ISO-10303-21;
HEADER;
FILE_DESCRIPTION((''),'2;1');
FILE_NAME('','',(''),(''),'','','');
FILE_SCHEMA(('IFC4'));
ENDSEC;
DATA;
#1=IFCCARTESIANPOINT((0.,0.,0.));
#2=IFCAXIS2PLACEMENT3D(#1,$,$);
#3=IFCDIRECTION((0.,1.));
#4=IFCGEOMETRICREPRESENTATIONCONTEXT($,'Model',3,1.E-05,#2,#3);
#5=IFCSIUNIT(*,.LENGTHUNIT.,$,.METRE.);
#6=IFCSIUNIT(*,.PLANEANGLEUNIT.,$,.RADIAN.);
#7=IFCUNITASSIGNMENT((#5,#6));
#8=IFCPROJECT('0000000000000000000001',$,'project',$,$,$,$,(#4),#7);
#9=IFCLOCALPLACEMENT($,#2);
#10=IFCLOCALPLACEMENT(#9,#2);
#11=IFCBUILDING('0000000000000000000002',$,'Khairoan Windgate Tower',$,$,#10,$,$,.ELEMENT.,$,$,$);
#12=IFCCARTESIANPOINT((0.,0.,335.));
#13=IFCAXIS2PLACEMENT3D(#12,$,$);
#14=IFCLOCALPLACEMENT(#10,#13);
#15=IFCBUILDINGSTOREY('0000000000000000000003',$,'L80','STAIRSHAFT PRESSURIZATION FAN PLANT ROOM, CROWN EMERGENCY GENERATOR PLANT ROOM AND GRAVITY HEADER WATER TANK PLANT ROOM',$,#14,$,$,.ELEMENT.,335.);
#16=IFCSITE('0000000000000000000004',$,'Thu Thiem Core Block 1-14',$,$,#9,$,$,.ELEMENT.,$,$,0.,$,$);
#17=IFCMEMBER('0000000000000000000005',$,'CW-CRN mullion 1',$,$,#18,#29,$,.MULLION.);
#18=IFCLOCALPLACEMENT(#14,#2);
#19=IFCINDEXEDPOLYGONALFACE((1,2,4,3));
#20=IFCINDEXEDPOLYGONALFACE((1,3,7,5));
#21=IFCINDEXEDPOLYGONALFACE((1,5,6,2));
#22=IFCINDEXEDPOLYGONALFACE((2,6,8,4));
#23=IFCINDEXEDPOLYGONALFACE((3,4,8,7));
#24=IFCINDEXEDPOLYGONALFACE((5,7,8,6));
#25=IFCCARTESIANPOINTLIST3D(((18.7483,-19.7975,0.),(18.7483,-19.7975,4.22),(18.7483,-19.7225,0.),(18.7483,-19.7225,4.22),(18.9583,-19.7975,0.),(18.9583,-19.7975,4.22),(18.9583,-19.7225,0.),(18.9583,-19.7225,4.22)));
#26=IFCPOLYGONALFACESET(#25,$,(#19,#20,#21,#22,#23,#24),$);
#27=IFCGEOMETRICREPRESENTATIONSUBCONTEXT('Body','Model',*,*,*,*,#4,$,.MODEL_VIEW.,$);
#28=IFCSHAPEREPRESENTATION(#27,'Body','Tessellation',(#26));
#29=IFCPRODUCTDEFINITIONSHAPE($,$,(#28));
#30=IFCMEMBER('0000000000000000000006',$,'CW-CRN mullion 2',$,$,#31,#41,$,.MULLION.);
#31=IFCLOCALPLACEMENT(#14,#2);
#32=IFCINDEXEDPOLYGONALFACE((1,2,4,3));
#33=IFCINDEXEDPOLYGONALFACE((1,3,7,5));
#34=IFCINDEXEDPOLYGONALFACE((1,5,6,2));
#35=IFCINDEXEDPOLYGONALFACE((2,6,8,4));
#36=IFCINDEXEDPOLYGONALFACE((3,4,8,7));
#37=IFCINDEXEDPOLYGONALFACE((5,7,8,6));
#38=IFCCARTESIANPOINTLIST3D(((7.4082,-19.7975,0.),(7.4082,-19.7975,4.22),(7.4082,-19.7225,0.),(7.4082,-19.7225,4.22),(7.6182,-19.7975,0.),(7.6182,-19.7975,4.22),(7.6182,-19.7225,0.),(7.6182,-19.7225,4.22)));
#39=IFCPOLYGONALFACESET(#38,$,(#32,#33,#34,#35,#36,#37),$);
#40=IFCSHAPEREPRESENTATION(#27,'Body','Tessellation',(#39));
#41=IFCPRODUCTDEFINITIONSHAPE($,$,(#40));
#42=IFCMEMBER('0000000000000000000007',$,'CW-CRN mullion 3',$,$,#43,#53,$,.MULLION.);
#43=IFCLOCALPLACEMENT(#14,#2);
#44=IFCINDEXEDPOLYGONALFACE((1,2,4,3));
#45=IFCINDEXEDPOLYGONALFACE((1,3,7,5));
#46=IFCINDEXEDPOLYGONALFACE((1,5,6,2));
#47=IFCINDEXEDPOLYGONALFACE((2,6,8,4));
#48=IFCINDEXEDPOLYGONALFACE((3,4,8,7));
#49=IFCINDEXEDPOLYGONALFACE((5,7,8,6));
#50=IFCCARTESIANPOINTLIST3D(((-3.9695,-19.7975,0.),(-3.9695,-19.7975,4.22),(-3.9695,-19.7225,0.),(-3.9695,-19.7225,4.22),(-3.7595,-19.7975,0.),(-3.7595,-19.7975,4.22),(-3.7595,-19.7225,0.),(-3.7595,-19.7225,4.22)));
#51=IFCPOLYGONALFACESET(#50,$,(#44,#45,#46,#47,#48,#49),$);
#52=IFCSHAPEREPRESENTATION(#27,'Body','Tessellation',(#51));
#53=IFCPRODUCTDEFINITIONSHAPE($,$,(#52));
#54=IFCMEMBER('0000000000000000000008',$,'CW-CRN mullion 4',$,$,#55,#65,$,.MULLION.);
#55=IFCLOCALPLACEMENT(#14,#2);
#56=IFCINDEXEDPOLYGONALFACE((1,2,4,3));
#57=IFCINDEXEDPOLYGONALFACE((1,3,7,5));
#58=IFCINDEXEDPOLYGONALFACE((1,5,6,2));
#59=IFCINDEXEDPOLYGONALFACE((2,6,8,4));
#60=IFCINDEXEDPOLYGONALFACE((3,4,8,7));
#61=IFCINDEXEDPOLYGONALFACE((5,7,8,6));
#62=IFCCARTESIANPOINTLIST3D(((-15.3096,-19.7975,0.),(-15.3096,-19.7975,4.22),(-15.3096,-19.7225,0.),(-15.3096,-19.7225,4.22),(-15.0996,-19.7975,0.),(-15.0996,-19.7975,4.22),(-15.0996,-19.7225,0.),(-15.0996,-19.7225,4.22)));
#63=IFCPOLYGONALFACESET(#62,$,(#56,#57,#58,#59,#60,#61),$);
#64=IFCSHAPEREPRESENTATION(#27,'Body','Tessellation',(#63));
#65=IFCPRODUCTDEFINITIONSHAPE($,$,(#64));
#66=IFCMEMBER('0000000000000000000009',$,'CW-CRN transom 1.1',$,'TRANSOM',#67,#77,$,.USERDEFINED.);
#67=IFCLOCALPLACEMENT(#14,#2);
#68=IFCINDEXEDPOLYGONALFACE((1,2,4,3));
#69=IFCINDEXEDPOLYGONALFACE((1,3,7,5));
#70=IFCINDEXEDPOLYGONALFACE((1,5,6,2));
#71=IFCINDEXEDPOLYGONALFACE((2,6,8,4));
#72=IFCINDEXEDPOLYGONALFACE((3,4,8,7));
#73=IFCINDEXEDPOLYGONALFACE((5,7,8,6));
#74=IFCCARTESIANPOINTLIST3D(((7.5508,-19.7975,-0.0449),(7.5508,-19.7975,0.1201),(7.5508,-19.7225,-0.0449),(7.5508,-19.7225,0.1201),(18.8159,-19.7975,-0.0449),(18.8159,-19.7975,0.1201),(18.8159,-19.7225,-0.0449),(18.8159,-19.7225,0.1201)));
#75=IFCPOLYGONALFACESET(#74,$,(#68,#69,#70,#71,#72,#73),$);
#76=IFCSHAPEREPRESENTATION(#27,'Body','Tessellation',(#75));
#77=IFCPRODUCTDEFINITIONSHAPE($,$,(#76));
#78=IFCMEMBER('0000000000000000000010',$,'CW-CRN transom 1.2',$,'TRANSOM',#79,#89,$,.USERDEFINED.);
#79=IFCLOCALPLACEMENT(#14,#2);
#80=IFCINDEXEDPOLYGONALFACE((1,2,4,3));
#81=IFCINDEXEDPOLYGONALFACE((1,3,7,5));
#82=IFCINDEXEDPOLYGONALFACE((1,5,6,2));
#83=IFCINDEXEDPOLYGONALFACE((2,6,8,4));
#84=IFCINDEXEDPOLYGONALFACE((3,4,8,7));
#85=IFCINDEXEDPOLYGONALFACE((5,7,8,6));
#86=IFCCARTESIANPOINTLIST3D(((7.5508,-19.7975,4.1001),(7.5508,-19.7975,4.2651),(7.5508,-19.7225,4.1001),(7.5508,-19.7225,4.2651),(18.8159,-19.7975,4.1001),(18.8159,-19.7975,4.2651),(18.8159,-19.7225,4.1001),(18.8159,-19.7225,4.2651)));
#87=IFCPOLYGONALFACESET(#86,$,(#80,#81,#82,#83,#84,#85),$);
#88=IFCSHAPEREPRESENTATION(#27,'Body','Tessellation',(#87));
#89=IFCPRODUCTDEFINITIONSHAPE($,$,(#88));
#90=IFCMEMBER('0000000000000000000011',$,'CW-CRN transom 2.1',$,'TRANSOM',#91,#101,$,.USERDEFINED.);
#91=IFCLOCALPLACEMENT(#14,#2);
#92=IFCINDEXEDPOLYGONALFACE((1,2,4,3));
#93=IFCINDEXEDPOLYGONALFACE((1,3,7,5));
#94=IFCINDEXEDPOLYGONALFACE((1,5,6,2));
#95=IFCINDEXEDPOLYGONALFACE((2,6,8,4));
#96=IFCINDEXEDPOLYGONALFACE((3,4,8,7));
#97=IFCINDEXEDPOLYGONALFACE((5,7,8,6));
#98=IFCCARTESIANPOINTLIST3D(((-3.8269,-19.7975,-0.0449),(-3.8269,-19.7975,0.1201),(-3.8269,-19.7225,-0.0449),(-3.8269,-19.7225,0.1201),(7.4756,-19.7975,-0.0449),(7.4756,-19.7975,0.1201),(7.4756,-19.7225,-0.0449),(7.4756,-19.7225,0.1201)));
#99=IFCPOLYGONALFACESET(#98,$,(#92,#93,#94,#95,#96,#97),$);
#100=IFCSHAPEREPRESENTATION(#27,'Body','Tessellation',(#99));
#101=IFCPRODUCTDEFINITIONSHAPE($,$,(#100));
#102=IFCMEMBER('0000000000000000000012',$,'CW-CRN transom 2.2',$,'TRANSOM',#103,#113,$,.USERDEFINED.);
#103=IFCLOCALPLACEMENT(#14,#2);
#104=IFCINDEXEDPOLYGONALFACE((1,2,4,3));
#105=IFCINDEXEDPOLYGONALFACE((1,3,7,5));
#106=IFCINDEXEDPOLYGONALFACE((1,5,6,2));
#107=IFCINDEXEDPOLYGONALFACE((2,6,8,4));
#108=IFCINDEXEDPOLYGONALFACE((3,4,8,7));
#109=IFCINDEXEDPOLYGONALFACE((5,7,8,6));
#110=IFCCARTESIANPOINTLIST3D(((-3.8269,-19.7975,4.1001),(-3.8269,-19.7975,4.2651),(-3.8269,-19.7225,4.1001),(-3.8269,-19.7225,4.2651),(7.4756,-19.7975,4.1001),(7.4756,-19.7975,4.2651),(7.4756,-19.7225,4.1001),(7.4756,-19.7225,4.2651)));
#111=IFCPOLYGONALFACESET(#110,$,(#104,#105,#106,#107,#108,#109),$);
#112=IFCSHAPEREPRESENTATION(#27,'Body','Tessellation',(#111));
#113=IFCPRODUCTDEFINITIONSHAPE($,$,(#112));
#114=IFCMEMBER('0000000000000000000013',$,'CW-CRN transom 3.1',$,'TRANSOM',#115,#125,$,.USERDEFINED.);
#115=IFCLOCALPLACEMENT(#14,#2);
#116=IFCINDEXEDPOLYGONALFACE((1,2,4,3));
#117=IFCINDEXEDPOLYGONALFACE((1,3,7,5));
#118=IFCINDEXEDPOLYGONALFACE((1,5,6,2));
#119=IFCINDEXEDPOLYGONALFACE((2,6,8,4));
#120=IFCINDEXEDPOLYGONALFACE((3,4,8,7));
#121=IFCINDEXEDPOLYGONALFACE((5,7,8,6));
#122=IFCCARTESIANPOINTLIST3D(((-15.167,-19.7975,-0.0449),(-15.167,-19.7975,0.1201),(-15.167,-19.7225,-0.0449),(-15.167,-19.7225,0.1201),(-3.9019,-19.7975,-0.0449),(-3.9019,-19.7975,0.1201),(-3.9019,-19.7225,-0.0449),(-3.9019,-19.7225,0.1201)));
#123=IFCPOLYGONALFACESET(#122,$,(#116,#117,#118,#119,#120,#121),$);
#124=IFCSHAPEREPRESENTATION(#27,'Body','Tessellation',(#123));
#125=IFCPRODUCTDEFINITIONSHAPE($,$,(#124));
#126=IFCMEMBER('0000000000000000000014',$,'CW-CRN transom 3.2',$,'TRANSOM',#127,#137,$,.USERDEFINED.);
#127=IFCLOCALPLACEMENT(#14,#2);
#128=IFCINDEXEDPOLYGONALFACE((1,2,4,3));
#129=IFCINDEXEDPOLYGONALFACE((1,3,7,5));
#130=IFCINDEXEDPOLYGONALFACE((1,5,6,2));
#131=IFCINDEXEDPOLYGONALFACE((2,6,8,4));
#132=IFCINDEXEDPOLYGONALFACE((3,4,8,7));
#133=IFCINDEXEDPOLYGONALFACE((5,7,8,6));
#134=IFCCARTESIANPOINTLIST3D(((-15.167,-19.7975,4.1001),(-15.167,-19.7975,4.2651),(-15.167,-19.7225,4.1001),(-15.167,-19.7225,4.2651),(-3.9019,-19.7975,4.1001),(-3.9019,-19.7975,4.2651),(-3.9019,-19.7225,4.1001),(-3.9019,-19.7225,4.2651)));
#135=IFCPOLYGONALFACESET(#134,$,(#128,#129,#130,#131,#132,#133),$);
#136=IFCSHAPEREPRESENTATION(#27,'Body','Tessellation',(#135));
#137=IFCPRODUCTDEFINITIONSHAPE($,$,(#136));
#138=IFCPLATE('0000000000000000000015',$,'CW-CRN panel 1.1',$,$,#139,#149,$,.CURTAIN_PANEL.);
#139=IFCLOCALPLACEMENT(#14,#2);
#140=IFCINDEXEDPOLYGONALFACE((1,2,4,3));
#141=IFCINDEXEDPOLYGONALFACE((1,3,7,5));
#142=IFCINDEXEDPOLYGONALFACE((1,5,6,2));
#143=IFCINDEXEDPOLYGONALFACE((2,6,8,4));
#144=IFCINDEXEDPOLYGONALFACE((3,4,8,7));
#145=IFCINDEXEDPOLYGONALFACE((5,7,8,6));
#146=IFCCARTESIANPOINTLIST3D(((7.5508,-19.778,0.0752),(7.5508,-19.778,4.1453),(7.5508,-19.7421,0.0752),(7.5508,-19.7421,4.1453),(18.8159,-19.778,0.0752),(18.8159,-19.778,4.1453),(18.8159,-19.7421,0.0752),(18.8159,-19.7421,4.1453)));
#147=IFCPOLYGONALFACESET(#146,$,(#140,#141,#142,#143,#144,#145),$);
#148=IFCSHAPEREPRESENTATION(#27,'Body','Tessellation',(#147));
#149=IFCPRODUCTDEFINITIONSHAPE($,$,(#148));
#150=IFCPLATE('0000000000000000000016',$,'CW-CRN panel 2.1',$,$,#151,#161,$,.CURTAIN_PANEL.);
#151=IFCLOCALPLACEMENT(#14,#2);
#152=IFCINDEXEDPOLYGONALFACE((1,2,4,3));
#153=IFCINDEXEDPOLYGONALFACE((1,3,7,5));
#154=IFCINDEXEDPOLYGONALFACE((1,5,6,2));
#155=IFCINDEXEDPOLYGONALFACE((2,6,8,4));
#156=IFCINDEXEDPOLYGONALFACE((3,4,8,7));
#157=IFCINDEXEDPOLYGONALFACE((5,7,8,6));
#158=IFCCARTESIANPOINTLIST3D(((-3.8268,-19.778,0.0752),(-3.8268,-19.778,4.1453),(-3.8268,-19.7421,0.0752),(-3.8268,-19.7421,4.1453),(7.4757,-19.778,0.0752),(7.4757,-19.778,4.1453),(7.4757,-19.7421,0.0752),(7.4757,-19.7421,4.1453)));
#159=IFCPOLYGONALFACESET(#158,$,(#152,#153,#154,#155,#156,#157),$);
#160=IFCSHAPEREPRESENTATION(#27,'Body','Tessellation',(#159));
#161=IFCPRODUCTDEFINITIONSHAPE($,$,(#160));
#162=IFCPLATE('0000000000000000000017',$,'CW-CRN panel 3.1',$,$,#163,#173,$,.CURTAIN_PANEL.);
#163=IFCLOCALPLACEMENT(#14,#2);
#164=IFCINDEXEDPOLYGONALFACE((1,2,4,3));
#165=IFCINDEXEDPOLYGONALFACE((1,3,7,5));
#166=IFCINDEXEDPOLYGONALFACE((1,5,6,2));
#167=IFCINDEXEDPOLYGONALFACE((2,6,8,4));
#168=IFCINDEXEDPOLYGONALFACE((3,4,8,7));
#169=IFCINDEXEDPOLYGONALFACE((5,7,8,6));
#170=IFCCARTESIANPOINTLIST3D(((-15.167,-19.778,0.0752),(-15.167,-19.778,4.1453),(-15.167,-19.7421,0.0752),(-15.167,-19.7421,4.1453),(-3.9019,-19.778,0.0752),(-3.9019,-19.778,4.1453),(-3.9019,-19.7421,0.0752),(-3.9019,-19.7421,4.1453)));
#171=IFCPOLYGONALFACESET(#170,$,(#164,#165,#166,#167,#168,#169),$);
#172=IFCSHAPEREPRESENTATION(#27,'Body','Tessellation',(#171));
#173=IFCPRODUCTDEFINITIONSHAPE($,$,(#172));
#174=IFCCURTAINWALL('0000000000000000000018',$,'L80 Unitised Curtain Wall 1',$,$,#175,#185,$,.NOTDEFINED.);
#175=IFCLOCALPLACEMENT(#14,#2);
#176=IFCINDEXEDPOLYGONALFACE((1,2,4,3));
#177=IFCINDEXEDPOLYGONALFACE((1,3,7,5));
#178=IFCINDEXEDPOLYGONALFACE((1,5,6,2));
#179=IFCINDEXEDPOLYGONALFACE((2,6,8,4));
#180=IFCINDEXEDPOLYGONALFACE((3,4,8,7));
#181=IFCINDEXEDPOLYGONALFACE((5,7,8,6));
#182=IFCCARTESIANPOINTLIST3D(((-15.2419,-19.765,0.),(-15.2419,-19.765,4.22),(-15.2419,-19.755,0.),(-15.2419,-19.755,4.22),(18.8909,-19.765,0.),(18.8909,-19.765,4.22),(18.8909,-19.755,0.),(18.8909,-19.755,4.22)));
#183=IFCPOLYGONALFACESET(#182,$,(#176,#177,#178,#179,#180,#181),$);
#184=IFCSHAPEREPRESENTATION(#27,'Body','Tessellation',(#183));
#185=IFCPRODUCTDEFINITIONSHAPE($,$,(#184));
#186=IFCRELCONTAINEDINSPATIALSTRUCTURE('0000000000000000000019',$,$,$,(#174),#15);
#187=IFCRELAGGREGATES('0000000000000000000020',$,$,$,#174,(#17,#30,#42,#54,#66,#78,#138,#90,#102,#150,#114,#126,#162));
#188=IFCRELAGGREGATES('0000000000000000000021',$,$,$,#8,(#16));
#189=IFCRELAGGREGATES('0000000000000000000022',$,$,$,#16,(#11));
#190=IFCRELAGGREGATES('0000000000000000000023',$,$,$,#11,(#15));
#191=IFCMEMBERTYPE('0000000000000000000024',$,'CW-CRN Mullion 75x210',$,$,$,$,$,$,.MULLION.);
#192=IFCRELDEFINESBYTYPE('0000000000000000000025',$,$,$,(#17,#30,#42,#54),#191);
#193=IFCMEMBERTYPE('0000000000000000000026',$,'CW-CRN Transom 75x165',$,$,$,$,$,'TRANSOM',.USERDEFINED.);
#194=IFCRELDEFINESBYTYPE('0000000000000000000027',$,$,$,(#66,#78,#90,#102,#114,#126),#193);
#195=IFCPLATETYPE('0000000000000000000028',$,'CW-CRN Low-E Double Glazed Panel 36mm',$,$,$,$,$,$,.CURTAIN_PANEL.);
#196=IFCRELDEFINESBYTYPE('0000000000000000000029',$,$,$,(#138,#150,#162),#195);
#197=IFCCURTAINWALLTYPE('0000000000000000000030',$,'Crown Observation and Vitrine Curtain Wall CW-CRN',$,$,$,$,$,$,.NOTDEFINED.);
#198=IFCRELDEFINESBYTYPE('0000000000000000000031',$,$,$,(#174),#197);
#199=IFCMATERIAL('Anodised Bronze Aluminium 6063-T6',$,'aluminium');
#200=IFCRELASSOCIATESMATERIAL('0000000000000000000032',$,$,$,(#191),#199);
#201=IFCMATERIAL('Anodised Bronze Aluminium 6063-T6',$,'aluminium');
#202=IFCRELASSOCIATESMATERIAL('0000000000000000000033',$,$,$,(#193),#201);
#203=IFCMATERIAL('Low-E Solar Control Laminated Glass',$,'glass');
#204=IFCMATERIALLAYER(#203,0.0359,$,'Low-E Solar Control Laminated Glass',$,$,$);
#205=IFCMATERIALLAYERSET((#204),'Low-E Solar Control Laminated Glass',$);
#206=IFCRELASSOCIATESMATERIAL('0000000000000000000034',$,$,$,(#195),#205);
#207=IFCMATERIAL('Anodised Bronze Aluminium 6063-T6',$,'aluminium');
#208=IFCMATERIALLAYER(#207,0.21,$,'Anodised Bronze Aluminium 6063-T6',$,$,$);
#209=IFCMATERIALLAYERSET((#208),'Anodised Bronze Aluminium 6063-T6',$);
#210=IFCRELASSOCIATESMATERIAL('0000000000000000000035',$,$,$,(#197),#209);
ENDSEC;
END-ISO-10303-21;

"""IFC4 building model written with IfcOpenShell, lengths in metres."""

from ifc_helpers import new_model, si_unit, direction, frame, frame_2d, origin, origin_2d, place, context, subcontext, project, spatial, rectangle, extrude, material, layer, layer_set, material_profile, profile_set, type_object, element, aggregate, save


model = new_model("IFC4")

# Units and contexts
model_context = context("Model", 3, precision=1e-05, world=origin(), true_north=direction((0.0, 1.0)))
body_context = subcontext(model_context, "Body", "Model", "MODEL_VIEW")
ifc_project = project(units=[si_unit("LENGTHUNIT", "METRE"), si_unit("PLANEANGLEUNIT", "RADIAN")], contexts=[model_context])

# Site, building, storey
site_placement = place(None, origin())
site = spatial("IfcSite", under=ifc_project, at=site_placement, Name="Thu Thiem Core Block 1-14", CompositionType="ELEMENT", RefElevation=0.0)
building_placement = place(site_placement, origin())
building = spatial("IfcBuilding", under=site, at=building_placement, Name="Khairoan Windgate Tower", CompositionType="ELEMENT")
storey_placement = place(building_placement, frame((0.0, 0.0, 335.0)))
storey = spatial("IfcBuildingStorey", under=building, at=storey_placement, Name="L80", Description="STAIRSHAFT PRESSURIZATION FAN PLANT ROOM, CROWN EMERGENCY GENERATOR PLANT ROOM AND GRAVITY HEADER WATER TANK PLANT ROOM", CompositionType="ELEMENT", Elevation=335.0)

# Members
ifc_material_1 = material(Name="Anodised Bronze Aluminium 6063-T6", Category="aluminium")
ifc_material_profile_1 = material_profile(ifc_material_1, rectangle(XDim=0.075, YDim=0.21, at=origin_2d()))
ifc_profile_set_1 = profile_set([ifc_material_profile_1], Name="Anodised Bronze Aluminium 6063-T6")
member_type_1 = type_object("IfcMemberType", Name="CW-CRN Mullion 75x210", PredefinedType="MULLION", material=ifc_profile_set_1)
member_1_placement = place(storey_placement, frame((18.8533, -19.76, 0.0), z_axis=(0.0, 0.0, 1.0), x_axis=(0.0, -1.0, 0.0)))
member_1 = element("IfcMember", 1, at=member_1_placement, type_object=member_type_1, Name="CW-CRN mullion 1", PredefinedType="MULLION", context=body_context, shape_type="SweptSolid", body=[
    extrude(rectangle(XDim=0.075, YDim=0.21, at=origin_2d()), origin(), (0.0, 0.0, 1.0), 4.22),
])
member_2_placement = place(storey_placement, frame((7.5132, -19.76, 0.0), z_axis=(0.0, 0.0, 1.0), x_axis=(0.0, -1.0, 0.0)))
member_2 = element("IfcMember", 2, at=member_2_placement, type_object=member_type_1, Name="CW-CRN mullion 2", PredefinedType="MULLION", context=body_context, shape_type="SweptSolid", body=[
    extrude(rectangle(XDim=0.075, YDim=0.21, at=origin_2d()), origin(), (0.0, 0.0, 1.0), 4.22),
])
member_3_placement = place(storey_placement, frame((-3.8645, -19.76, 0.0), z_axis=(0.0, 0.0, 1.0), x_axis=(0.0, -1.0, 0.0)))
member_3 = element("IfcMember", 3, at=member_3_placement, type_object=member_type_1, Name="CW-CRN mullion 3", PredefinedType="MULLION", context=body_context, shape_type="SweptSolid", body=[
    extrude(rectangle(XDim=0.075, YDim=0.21, at=origin_2d()), origin(), (0.0, 0.0, 1.0), 4.22),
])
member_4_placement = place(storey_placement, frame((-15.2046, -19.76, 0.0), z_axis=(0.0, 0.0, 1.0), x_axis=(0.0, -1.0, 0.0)))
member_4 = element("IfcMember", 4, at=member_4_placement, type_object=member_type_1, Name="CW-CRN mullion 4", PredefinedType="MULLION", context=body_context, shape_type="SweptSolid", body=[
    extrude(rectangle(XDim=0.075, YDim=0.21, at=origin_2d()), origin(), (0.0, 0.0, 1.0), 4.22),
])
ifc_material_2 = material(Name="Anodised Bronze Aluminium 6063-T6", Category="aluminium")
ifc_material_profile_2 = material_profile(ifc_material_2, rectangle(XDim=0.075, YDim=0.165, at=origin_2d()))
ifc_profile_set_2 = profile_set([ifc_material_profile_2], Name="Anodised Bronze Aluminium 6063-T6")
member_type_2 = type_object("IfcMemberType", Name="CW-CRN Transom 75x165", ElementType="TRANSOM", PredefinedType="USERDEFINED", material=ifc_profile_set_2)
member_5_placement = place(storey_placement, frame((18.8159, -19.76, 0.0376), z_axis=(-1.0, 0.0, 0.0), x_axis=(0.0, -1.0, 0.0)))
member_5 = element("IfcMember", 5, at=member_5_placement, type_object=member_type_2, Name="CW-CRN transom 1.1", ObjectType="TRANSOM", PredefinedType="USERDEFINED", context=body_context, shape_type="SweptSolid", body=[
    extrude(rectangle(XDim=0.075, YDim=0.165, at=origin_2d()), origin(), (0.0, 0.0, 1.0), 11.2651),
])
member_6_placement = place(storey_placement, frame((18.8159, -19.76, 4.1826), z_axis=(-1.0, 0.0, 0.0), x_axis=(0.0, -1.0, 0.0)))
member_6 = element("IfcMember", 6, at=member_6_placement, type_object=member_type_2, Name="CW-CRN transom 1.2", ObjectType="TRANSOM", PredefinedType="USERDEFINED", context=body_context, shape_type="SweptSolid", body=[
    extrude(rectangle(XDim=0.075, YDim=0.165, at=origin_2d()), origin(), (0.0, 0.0, 1.0), 11.2651),
])
member_7_placement = place(storey_placement, frame((7.4756, -19.76, 0.0376), z_axis=(-1.0, 0.0, 0.0), x_axis=(0.0, -1.0, 0.0)))
member_7 = element("IfcMember", 7, at=member_7_placement, type_object=member_type_2, Name="CW-CRN transom 2.1", ObjectType="TRANSOM", PredefinedType="USERDEFINED", context=body_context, shape_type="SweptSolid", body=[
    extrude(rectangle(XDim=0.075, YDim=0.165, at=origin_2d()), origin(), (0.0, 0.0, 1.0), 11.3025),
])
member_8_placement = place(storey_placement, frame((7.4756, -19.76, 4.1826), z_axis=(-1.0, 0.0, 0.0), x_axis=(0.0, -1.0, 0.0)))
member_8 = element("IfcMember", 8, at=member_8_placement, type_object=member_type_2, Name="CW-CRN transom 2.2", ObjectType="TRANSOM", PredefinedType="USERDEFINED", context=body_context, shape_type="SweptSolid", body=[
    extrude(rectangle(XDim=0.075, YDim=0.165, at=origin_2d()), origin(), (0.0, 0.0, 1.0), 11.3025),
])
member_9_placement = place(storey_placement, frame((-3.9019, -19.76, 0.0376), z_axis=(-1.0, 0.0, 0.0), x_axis=(0.0, -1.0, 0.0)))
member_9 = element("IfcMember", 9, at=member_9_placement, type_object=member_type_2, Name="CW-CRN transom 3.1", ObjectType="TRANSOM", PredefinedType="USERDEFINED", context=body_context, shape_type="SweptSolid", body=[
    extrude(rectangle(XDim=0.075, YDim=0.165, at=origin_2d()), origin(), (0.0, 0.0, 1.0), 11.2651),
])
member_10_placement = place(storey_placement, frame((-3.9019, -19.76, 4.1826), z_axis=(-1.0, 0.0, 0.0), x_axis=(0.0, -1.0, 0.0)))
member_10 = element("IfcMember", 10, at=member_10_placement, type_object=member_type_2, Name="CW-CRN transom 3.2", ObjectType="TRANSOM", PredefinedType="USERDEFINED", context=body_context, shape_type="SweptSolid", body=[
    extrude(rectangle(XDim=0.075, YDim=0.165, at=origin_2d()), origin(), (0.0, 0.0, 1.0), 11.2651),
])

# Plates
ifc_material_3 = material(Name="Low-E Solar Control Laminated Glass", Category="glass")
ifc_layer_1 = layer(ifc_material_3, 0.0359, Name="Low-E Solar Control Laminated Glass")
ifc_layer_set_1 = layer_set([ifc_layer_1], Name="Low-E Solar Control Laminated Glass")
plate_type_1 = type_object("IfcPlateType", Name="CW-CRN Low-E Double Glazed Panel 36mm", PredefinedType="CURTAIN_PANEL", material=ifc_layer_set_1)
plate_1_placement = place(storey_placement, frame((13.1833, -19.76, 0.0752), z_axis=(0.0, 0.0, 1.0), x_axis=(-1.0, 0.0, 0.0)))
plate_1 = element("IfcPlate", 11, at=plate_1_placement, type_object=plate_type_1, Name="CW-CRN panel 1.1", PredefinedType="CURTAIN_PANEL", context=body_context, shape_type="SweptSolid", body=[
    extrude(rectangle(XDim=11.2651, YDim=0.0359, at=origin_2d()), origin(), (0.0, 0.0, 1.0), 4.0701),
])
plate_2_placement = place(storey_placement, frame((1.8245, -19.76, 0.0752), z_axis=(0.0, 0.0, 1.0), x_axis=(-1.0, 0.0, 0.0)))
plate_2 = element("IfcPlate", 12, at=plate_2_placement, type_object=plate_type_1, Name="CW-CRN panel 2.1", PredefinedType="CURTAIN_PANEL", context=body_context, shape_type="SweptSolid", body=[
    extrude(rectangle(XDim=11.3025, YDim=0.0359, at=origin_2d()), origin(), (0.0, 0.0, 1.0), 4.0701),
])
plate_3_placement = place(storey_placement, frame((-9.5344, -19.76, 0.0752), z_axis=(0.0, 0.0, 1.0), x_axis=(-1.0, 0.0, 0.0)))
plate_3 = element("IfcPlate", 13, at=plate_3_placement, type_object=plate_type_1, Name="CW-CRN panel 3.1", PredefinedType="CURTAIN_PANEL", context=body_context, shape_type="SweptSolid", body=[
    extrude(rectangle(XDim=11.2651, YDim=0.0359, at=origin_2d()), origin(), (0.0, 0.0, 1.0), 4.0701),
])

# Curtain wall
ifc_material_4 = material(Name="Anodised Bronze Aluminium 6063-T6", Category="aluminium")
ifc_layer_2 = layer(ifc_material_4, 0.21, Name="Anodised Bronze Aluminium 6063-T6")
ifc_layer_set_2 = layer_set([ifc_layer_2], Name="Anodised Bronze Aluminium 6063-T6")
curtain_wall_type = type_object("IfcCurtainWallType", Name="Crown Observation and Vitrine Curtain Wall CW-CRN", PredefinedType="NOTDEFINED", material=ifc_layer_set_2)
curtain_wall_placement = place(storey_placement, frame((18.8909, -19.76, 0.0), z_axis=(0.0, 0.0, 1.0), x_axis=(-1.0, 0.0, 0.0)))
curtain_wall = element("IfcCurtainWall", 14, at=curtain_wall_placement, inside=storey, type_object=curtain_wall_type, Name="L80 Unitised Curtain Wall 1", PredefinedType="NOTDEFINED", context=body_context, shape_type="SweptSolid", body=[
    extrude(rectangle(XDim=34.1328, YDim=0.01, at=frame_2d((17.0664, 0.0))), origin(), (0.0, 0.0, 1.0), 4.22),
])
aggregate(curtain_wall, [member_1, member_2, member_3, member_4, member_5, member_6, plate_1, member_7, member_8, plate_2, member_9, member_10, plate_3])

save(model, "model.ifc")
